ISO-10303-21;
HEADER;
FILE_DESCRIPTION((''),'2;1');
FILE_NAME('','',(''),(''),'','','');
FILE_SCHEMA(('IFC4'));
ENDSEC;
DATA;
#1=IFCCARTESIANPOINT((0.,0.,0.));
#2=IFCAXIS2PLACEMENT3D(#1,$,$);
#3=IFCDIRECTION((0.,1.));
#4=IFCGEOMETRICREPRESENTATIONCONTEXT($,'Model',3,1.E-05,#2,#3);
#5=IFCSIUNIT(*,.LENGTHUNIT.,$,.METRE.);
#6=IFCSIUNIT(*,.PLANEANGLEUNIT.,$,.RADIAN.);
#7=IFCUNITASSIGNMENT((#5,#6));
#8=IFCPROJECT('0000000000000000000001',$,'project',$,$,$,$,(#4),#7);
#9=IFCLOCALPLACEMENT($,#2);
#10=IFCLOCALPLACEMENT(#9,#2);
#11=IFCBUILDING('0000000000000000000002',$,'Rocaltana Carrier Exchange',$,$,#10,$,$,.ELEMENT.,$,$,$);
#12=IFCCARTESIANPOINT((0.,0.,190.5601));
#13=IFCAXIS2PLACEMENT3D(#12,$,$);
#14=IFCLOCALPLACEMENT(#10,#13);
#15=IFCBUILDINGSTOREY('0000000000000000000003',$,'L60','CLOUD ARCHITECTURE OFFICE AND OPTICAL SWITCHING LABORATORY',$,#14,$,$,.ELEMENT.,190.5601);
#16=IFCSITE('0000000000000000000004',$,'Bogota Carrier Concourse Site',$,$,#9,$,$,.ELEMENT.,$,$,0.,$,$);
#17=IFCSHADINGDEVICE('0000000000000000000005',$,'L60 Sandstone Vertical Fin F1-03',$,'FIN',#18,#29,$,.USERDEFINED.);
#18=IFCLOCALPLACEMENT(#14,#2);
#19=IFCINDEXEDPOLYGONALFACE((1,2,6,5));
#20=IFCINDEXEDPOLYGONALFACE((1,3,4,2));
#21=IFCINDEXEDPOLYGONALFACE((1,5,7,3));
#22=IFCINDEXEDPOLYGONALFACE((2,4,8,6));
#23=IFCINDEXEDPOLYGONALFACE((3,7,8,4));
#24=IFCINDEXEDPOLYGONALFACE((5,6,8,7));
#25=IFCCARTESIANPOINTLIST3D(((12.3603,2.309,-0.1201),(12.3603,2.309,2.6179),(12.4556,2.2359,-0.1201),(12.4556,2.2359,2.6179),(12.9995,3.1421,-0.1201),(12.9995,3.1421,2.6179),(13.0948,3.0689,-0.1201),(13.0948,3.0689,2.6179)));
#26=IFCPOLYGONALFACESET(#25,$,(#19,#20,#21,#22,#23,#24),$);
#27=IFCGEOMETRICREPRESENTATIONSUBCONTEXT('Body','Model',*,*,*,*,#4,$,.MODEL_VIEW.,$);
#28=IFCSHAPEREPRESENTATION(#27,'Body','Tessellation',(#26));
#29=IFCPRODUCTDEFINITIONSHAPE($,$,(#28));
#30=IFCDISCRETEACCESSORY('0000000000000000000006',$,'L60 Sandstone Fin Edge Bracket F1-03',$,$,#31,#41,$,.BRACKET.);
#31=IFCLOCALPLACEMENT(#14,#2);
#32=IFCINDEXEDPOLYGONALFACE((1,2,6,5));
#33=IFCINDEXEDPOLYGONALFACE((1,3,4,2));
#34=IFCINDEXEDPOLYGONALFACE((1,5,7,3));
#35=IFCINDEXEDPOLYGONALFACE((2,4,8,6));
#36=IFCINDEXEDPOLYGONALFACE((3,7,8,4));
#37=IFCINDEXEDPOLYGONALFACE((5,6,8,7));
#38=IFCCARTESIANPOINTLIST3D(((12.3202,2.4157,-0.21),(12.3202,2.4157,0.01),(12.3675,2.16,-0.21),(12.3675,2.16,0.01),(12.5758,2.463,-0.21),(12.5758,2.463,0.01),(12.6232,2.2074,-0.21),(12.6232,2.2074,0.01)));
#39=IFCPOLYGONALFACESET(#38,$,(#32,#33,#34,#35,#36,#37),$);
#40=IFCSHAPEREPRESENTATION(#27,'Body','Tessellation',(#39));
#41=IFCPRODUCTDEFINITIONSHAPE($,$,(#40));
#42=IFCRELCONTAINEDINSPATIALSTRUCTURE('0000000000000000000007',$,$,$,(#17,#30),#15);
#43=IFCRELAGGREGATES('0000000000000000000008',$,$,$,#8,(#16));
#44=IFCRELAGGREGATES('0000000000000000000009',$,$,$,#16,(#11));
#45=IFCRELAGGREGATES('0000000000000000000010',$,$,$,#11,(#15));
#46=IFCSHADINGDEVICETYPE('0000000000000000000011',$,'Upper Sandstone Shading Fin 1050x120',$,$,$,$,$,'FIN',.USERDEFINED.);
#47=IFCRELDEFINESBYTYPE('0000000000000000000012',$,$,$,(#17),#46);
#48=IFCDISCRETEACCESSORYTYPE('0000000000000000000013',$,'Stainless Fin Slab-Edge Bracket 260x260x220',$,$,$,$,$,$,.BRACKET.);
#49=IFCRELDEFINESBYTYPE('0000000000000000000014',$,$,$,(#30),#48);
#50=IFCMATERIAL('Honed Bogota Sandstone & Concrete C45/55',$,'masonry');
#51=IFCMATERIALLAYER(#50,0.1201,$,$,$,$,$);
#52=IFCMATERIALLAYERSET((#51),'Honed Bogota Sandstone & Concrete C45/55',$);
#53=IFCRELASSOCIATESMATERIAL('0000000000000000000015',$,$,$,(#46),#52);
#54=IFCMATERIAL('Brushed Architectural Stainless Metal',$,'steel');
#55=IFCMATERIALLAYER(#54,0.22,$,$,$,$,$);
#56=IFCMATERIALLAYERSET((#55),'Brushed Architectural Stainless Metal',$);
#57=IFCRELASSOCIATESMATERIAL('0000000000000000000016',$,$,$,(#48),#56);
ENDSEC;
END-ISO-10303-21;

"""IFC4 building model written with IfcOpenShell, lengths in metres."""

from ifc_helpers import new_model, si_unit, direction, frame, origin, origin_2d, place, context, subcontext, project, spatial, rectangle, extrude, material, layer, layer_set, type_object, element, save


model = new_model("IFC4")

# Units and contexts
model_context = context("Model", 3, precision=1e-05, world=origin(), true_north=direction((0.0, 1.0)))
body_context = subcontext(model_context, "Body", "Model", "MODEL_VIEW")
ifc_project = project(units=[si_unit("LENGTHUNIT", "METRE"), si_unit("PLANEANGLEUNIT", "RADIAN")], contexts=[model_context])

# Site, building, storey
site_placement = place(None, origin())
site = spatial("IfcSite", under=ifc_project, at=site_placement, Name="Bogota Carrier Concourse Site", CompositionType="ELEMENT", RefElevation=0.0)
building_placement = place(site_placement, origin())
building = spatial("IfcBuilding", under=site, at=building_placement, Name="Rocaltana Carrier Exchange", CompositionType="ELEMENT")
storey_placement = place(building_placement, frame((0.0, 0.0, 190.5601)))
storey = spatial("IfcBuildingStorey", under=building, at=storey_placement, Name="L60", Description="CLOUD ARCHITECTURE OFFICE AND OPTICAL SWITCHING LABORATORY", CompositionType="ELEMENT", Elevation=190.5601)

# Shading device
ifc_material_1 = material(Name="Honed Bogota Sandstone & Concrete C45/55", Category="masonry")
ifc_layer_1 = layer(ifc_material_1, 0.1201)
ifc_layer_set_1 = layer_set([ifc_layer_1], Name="Honed Bogota Sandstone & Concrete C45/55")
shading_device_type = type_object("IfcShadingDeviceType", Name="Upper Sandstone Shading Fin 1050x120", ElementType="FIN", PredefinedType="USERDEFINED", material=ifc_layer_set_1)
shading_device_placement = place(storey_placement, frame((12.7275, 2.689, -0.1201), z_axis=(0.0, 0.0, 1.0), x_axis=(0.608761, 0.793353, 0.0)))
element("IfcShadingDevice", 1, at=shading_device_placement, inside=storey, type_object=shading_device_type, Name="L60 Sandstone Vertical Fin F1-03", ObjectType="FIN", PredefinedType="USERDEFINED", context=body_context, shape_type="SweptSolid", body=[
    extrude(rectangle(XDim=1.05, YDim=0.1201, at=origin_2d()), origin(), (0.0, 0.0, 1.0), 2.738),
])

# Discrete accessory
ifc_material_2 = material(Name="Brushed Architectural Stainless Metal", Category="steel")
ifc_layer_2 = layer(ifc_material_2, 0.22)
ifc_layer_set_2 = layer_set([ifc_layer_2], Name="Brushed Architectural Stainless Metal")
discrete_accessory_type = type_object("IfcDiscreteAccessoryType", Name="Stainless Fin Slab-Edge Bracket 260x260x220", PredefinedType="BRACKET", material=ifc_layer_set_2)
discrete_accessory_placement = place(storey_placement, frame((12.4717, 2.3115, -0.21), z_axis=(0.0, 0.0, 1.0), x_axis=(-0.182236, 0.983255, 0.0)))
element("IfcDiscreteAccessory", 2, at=discrete_accessory_placement, inside=storey, type_object=discrete_accessory_type, Name="L60 Sandstone Fin Edge Bracket F1-03", PredefinedType="BRACKET", context=body_context, shape_type="SweptSolid", body=[
    extrude(rectangle(XDim=0.26, YDim=0.26, at=origin_2d()), origin(), (0.0, 0.0, 1.0), 0.22),
])

save(model, "model.ifc")
